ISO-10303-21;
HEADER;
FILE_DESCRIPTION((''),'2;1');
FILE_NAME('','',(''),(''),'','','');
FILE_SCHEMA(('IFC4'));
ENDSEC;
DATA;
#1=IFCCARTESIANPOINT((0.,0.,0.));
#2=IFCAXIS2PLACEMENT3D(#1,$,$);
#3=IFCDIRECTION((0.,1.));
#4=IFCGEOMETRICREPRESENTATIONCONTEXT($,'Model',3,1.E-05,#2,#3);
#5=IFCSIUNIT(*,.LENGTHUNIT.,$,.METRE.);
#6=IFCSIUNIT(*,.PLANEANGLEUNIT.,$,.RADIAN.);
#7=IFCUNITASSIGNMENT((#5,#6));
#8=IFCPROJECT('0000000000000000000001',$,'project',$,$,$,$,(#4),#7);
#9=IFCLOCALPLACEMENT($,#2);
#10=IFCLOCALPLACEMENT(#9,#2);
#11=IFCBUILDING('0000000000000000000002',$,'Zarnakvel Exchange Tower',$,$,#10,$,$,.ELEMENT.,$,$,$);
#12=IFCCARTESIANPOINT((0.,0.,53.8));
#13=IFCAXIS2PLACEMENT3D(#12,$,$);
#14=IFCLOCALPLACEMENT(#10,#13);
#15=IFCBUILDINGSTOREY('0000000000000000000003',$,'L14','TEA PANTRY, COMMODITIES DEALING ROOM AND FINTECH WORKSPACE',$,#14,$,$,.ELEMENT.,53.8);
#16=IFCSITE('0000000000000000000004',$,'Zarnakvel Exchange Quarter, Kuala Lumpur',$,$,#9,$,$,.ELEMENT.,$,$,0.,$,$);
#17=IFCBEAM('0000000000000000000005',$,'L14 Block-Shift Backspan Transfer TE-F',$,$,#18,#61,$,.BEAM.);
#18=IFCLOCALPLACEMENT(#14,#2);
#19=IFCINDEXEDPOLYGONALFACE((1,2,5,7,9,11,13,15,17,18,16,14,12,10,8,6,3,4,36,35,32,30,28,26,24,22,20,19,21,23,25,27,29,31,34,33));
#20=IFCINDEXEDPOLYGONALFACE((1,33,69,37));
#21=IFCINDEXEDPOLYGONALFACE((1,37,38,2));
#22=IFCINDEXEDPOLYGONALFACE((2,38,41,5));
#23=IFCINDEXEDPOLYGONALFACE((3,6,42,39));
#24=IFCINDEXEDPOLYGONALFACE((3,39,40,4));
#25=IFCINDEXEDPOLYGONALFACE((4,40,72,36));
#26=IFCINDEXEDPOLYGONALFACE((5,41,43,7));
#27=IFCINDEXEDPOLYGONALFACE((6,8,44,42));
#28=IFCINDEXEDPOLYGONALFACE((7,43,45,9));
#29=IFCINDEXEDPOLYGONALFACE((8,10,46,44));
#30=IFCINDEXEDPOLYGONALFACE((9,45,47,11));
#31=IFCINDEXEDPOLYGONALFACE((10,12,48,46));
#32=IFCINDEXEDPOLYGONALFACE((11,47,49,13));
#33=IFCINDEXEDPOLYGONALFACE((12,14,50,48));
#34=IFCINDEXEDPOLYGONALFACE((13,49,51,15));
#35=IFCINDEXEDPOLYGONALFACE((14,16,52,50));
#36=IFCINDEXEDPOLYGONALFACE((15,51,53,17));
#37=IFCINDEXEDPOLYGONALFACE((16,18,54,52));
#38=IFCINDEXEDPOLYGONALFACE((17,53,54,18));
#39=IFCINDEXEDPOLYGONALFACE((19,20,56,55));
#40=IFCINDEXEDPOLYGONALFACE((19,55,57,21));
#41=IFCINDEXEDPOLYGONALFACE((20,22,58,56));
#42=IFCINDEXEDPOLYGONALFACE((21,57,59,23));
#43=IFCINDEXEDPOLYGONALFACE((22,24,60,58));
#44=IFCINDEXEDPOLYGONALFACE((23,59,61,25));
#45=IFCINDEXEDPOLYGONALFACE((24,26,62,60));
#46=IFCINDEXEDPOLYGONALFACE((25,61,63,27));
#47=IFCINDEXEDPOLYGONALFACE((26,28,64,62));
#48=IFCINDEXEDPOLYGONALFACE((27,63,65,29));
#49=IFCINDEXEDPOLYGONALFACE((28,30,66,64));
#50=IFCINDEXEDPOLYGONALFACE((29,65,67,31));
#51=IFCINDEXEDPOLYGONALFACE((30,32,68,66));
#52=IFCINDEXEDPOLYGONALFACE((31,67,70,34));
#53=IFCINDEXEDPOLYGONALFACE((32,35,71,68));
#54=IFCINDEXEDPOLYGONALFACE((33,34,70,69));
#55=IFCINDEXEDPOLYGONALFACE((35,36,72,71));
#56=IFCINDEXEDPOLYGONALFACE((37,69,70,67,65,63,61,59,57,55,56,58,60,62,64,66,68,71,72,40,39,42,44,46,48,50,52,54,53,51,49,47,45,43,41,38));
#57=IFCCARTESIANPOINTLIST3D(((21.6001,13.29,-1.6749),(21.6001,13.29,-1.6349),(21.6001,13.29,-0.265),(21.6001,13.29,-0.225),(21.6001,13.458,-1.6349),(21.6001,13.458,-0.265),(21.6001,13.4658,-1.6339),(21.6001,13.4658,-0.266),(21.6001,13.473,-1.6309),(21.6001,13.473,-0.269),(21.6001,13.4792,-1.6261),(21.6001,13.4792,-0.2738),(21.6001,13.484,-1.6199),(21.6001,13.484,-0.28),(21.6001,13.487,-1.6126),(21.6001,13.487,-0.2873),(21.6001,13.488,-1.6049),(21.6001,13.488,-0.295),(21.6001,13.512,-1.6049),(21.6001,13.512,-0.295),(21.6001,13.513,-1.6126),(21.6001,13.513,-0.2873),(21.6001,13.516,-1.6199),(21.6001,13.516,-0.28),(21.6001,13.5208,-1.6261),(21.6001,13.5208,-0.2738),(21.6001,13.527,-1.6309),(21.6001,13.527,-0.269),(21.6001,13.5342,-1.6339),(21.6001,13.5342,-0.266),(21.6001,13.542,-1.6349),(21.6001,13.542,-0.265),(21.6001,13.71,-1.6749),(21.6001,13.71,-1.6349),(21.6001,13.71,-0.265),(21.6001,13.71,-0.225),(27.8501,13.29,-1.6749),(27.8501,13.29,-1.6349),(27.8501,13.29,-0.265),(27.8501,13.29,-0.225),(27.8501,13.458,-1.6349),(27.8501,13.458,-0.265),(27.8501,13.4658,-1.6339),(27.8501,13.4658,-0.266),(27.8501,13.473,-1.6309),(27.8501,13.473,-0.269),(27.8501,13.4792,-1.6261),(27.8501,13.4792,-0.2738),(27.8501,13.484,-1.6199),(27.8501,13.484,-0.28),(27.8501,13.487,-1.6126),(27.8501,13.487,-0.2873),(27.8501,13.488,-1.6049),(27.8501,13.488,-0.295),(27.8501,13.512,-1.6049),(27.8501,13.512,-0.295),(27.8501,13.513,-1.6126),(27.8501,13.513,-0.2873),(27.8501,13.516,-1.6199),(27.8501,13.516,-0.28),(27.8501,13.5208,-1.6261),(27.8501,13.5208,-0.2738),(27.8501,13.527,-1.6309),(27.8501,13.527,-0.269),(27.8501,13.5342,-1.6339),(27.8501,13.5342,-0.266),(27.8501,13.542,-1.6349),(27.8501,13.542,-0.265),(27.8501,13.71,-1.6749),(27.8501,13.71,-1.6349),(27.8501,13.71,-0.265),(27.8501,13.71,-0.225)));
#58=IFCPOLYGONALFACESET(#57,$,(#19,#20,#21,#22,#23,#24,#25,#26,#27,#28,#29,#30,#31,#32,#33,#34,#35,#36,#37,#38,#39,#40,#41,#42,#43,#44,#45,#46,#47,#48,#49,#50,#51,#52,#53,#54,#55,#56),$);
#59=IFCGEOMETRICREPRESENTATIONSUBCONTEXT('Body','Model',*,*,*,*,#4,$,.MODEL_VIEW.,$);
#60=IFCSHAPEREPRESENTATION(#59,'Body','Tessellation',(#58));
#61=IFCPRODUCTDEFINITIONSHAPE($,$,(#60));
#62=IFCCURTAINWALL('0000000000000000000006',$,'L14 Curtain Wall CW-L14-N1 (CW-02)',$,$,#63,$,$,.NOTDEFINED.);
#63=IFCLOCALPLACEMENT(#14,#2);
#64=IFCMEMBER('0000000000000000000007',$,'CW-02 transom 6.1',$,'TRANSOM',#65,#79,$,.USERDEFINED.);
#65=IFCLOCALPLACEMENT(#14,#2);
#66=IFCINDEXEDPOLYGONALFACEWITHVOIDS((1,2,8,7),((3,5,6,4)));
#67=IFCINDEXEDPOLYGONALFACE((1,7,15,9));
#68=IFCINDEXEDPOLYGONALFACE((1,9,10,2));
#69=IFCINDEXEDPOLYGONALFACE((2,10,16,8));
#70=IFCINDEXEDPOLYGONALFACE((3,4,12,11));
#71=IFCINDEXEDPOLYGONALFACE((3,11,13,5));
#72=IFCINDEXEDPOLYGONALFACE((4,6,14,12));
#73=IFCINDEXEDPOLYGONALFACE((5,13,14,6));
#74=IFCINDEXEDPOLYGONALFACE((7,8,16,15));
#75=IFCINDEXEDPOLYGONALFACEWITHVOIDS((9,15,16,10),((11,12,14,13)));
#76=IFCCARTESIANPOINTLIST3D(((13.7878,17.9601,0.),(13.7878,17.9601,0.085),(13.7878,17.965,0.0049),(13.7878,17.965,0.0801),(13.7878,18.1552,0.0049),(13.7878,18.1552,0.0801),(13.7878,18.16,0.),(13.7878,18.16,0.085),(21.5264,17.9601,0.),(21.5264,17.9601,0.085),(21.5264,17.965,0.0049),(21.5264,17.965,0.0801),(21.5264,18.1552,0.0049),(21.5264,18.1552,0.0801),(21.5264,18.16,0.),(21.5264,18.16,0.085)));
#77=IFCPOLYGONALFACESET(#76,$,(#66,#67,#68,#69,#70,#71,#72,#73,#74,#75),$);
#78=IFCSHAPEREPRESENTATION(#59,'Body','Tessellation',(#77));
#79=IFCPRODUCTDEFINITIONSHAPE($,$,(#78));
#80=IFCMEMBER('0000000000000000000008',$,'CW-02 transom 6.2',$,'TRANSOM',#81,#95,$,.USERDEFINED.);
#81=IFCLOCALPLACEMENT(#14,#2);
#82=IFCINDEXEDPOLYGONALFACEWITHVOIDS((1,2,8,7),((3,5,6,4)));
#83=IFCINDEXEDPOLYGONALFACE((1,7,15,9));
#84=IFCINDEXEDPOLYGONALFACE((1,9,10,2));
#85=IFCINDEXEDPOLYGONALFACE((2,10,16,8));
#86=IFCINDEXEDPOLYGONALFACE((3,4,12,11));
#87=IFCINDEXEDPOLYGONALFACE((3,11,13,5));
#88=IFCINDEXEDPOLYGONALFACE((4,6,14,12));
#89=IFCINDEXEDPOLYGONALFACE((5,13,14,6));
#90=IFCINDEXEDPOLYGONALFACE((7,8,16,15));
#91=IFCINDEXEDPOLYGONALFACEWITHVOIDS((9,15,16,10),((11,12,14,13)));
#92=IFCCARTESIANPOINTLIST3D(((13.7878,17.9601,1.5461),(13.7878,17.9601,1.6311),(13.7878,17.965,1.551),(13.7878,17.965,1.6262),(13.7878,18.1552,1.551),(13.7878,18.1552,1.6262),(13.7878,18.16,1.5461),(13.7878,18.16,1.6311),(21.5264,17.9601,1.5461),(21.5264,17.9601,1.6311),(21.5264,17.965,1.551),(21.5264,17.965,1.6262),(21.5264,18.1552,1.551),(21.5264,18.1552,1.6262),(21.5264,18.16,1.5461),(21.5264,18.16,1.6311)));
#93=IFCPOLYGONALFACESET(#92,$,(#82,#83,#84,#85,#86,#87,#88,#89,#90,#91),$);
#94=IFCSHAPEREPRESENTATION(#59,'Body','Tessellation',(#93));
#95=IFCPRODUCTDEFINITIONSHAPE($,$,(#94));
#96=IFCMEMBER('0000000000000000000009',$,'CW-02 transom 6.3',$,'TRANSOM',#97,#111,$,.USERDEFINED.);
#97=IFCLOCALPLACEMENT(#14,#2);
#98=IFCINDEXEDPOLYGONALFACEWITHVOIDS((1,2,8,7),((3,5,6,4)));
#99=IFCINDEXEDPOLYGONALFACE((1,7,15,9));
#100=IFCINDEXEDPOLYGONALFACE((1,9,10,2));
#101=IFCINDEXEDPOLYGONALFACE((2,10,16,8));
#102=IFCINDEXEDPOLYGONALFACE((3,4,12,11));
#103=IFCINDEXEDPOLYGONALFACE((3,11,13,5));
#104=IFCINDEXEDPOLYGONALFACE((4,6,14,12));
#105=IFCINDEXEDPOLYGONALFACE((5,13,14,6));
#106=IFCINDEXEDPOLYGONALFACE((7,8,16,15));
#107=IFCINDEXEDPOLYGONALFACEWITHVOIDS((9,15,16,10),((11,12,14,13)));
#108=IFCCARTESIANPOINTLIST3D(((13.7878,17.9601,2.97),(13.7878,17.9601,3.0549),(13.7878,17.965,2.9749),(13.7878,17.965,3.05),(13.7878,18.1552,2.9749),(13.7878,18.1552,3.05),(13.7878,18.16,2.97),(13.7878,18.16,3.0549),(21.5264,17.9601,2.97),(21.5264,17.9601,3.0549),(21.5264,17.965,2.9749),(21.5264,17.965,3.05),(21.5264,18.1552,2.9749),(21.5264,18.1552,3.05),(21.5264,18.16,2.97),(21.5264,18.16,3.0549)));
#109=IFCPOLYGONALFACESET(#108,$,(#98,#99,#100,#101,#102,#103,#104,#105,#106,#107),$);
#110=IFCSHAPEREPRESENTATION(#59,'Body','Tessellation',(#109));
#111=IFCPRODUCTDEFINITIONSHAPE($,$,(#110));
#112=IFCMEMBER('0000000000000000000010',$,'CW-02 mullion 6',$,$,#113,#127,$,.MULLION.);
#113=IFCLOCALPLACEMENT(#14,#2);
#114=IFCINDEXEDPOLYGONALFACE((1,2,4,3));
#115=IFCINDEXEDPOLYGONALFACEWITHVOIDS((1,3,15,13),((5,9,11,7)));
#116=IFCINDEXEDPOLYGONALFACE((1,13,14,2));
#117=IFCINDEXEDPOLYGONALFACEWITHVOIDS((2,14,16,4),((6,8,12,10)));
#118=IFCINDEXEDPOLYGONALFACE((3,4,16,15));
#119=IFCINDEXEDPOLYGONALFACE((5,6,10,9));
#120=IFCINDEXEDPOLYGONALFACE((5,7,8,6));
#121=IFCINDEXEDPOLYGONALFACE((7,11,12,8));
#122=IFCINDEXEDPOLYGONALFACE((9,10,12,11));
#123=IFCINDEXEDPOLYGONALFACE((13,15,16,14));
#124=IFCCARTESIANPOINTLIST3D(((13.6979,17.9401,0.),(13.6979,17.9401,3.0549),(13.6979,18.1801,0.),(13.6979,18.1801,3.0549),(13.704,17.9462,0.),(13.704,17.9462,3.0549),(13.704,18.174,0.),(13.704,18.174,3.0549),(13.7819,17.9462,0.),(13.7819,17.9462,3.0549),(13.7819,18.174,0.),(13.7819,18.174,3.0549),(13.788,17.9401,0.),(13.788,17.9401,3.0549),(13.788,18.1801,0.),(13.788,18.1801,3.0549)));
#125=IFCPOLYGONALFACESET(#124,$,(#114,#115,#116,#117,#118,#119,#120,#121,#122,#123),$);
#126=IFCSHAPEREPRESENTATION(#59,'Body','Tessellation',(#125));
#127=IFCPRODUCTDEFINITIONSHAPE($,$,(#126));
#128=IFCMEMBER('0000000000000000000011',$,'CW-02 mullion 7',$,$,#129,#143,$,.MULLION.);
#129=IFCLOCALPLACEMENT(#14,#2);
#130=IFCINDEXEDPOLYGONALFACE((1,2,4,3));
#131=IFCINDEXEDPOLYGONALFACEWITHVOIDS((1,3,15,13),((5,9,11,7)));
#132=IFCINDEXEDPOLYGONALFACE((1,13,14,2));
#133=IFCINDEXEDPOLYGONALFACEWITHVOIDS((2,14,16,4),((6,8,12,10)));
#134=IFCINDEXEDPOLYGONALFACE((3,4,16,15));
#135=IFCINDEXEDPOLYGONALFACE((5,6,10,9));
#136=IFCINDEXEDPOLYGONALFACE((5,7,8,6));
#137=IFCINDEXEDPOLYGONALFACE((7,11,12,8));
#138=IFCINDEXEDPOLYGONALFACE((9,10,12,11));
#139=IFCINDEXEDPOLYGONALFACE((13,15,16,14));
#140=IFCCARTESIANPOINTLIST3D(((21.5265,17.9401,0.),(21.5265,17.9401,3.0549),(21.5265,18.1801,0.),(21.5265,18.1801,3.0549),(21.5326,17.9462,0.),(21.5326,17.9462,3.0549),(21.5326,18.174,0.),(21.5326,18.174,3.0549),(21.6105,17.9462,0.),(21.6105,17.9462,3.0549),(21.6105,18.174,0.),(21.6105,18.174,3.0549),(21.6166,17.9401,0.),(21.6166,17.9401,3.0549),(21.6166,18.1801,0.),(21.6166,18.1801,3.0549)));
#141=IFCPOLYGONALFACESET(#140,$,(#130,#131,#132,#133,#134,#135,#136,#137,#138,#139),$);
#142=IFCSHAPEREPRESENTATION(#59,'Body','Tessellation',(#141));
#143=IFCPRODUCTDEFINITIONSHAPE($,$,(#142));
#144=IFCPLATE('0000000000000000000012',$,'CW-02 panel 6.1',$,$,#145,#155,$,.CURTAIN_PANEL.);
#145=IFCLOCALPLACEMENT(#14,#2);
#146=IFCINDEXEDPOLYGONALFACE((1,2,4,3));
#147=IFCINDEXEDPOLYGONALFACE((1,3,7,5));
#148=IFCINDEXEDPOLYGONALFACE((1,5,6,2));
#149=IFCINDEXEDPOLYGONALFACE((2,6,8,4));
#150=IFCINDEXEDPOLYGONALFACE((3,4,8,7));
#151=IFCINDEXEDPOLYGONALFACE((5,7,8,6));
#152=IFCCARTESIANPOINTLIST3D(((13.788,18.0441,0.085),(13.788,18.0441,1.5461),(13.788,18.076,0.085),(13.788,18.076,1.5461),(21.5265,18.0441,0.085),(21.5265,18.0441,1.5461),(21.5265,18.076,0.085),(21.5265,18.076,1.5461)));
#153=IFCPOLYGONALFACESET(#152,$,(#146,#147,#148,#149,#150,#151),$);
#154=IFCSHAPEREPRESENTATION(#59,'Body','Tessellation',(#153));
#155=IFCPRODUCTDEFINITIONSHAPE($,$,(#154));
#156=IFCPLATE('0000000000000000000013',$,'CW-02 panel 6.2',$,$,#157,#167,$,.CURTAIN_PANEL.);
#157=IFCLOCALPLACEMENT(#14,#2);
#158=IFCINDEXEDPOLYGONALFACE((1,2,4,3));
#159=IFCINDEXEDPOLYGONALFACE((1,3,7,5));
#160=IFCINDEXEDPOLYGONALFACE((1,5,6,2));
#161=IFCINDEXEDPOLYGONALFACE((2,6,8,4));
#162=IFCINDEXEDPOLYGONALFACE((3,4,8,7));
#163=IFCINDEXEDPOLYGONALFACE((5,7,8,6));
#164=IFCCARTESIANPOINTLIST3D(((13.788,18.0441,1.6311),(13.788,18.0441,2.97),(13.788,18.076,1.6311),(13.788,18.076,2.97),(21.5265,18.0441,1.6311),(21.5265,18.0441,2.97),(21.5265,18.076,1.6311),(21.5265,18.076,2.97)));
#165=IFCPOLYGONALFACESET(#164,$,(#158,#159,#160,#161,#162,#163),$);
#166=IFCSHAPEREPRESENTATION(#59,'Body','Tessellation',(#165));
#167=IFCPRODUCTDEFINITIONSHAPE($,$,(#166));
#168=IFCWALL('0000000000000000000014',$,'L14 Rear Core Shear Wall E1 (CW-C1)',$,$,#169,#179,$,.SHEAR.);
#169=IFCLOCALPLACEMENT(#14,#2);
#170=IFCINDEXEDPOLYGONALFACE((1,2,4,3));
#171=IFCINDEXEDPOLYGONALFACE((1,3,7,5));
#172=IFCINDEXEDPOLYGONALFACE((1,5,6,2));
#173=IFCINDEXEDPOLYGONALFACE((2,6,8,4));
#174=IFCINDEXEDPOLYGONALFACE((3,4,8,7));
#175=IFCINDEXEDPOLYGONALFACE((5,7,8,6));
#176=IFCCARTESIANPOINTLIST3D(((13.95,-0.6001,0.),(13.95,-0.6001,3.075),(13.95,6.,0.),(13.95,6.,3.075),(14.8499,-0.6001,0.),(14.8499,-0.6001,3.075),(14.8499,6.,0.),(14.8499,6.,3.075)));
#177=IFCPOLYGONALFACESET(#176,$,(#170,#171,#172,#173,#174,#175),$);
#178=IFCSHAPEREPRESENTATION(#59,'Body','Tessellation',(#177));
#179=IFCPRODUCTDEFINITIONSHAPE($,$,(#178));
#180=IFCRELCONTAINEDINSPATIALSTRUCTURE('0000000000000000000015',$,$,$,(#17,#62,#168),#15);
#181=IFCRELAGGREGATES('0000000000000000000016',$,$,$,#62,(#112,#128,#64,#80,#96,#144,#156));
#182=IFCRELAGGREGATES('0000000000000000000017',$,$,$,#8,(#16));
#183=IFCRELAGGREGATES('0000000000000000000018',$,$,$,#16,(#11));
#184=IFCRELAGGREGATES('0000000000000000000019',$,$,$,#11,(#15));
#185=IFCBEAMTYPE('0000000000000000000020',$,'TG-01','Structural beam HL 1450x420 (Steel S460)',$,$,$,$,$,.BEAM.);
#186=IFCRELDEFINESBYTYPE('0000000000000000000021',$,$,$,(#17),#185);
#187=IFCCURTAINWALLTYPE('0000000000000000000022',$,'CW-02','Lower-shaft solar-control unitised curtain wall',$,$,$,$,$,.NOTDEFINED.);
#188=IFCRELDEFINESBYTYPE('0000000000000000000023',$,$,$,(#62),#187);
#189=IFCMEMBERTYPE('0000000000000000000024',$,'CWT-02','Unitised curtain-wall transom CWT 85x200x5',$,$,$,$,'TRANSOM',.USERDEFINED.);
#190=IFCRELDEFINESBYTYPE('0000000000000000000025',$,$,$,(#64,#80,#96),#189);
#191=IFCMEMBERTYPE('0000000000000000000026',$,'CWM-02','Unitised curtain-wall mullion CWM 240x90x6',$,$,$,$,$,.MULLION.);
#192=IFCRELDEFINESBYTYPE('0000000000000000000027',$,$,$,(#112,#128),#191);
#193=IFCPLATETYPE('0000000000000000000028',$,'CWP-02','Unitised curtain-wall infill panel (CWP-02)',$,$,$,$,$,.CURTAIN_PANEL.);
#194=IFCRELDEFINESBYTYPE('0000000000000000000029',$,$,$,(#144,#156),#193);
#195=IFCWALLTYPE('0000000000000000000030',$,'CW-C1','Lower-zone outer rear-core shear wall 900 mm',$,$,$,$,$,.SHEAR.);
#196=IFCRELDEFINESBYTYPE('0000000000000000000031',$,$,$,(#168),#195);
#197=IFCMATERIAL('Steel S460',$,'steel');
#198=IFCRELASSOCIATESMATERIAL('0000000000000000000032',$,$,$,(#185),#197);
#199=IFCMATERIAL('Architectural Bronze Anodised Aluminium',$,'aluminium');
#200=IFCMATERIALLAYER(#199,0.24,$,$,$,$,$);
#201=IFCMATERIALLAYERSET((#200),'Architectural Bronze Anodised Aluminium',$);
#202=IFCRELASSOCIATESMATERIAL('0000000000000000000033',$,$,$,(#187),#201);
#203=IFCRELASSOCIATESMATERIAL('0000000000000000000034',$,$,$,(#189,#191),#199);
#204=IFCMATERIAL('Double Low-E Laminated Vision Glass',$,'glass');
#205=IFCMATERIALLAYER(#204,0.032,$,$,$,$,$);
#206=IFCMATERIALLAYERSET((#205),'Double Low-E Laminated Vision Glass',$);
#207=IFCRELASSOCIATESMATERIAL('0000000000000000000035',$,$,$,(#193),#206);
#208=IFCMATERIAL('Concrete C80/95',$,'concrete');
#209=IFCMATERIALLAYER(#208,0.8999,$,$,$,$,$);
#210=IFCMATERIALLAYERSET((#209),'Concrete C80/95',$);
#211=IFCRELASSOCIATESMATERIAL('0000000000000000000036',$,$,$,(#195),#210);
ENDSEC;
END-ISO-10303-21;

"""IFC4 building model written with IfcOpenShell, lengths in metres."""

from ifc_helpers import new_model, si_unit, direction, frame, frame_2d, origin, origin_2d, place, context, subcontext, project, spatial, rectangle, hollow_rectangle, i_section, extrude, source, transform, mapped, material, layer, layer_set, material_profile, profile_set, type_object, element, aggregate, save


model = new_model("IFC4")

# Units and contexts
model_context = context("Model", 3, precision=1e-05, world=origin(), true_north=direction((0.0, 1.0)))
body_context = subcontext(model_context, "Body", "Model", "MODEL_VIEW")
ifc_project = project(units=[si_unit("LENGTHUNIT", "METRE"), si_unit("PLANEANGLEUNIT", "RADIAN")], contexts=[model_context])

# Site, building, storey
site_placement = place(None, origin())
site = spatial("IfcSite", under=ifc_project, at=site_placement, Name="Zarnakvel Exchange Quarter, Kuala Lumpur", CompositionType="ELEMENT", RefElevation=0.0)
building_placement = place(site_placement, origin())
building = spatial("IfcBuilding", under=site, at=building_placement, Name="Zarnakvel Exchange Tower", CompositionType="ELEMENT")
storey_placement = place(building_placement, frame((0.0, 0.0, 53.8)))
storey = spatial("IfcBuildingStorey", under=building, at=storey_placement, Name="L14", Description="TEA PANTRY, COMMODITIES DEALING ROOM AND FINTECH WORKSPACE", CompositionType="ELEMENT", Elevation=53.8)

# Shared definitions
ifc_material_1 = material(Name="Concrete C80/95", Category="concrete")

# Beam
ifc_material_2 = material(Name="Steel S460", Category="steel")
ifc_material_profile_1 = material_profile(ifc_material_2, i_section(OverallWidth=0.4199, OverallDepth=1.45, WebThickness=0.0239, FlangeThickness=0.04, FilletRadius=0.03, at=origin_2d()))
ifc_profile_set_1 = profile_set([ifc_material_profile_1], Name="Steel S460")
beam_type_1 = type_object("IfcBeamType", Name="TG-01", Description="Structural beam HL 1450x420 (Steel S460)", PredefinedType="BEAM", material=ifc_profile_set_1)
beam_1_placement = place(storey_placement, frame((21.6001, 13.5, -0.95), z_axis=(1.0, 0.0, 0.0), x_axis=(0.0, 1.0, 0.0)))
element("IfcBeam", 1, at=beam_1_placement, inside=storey, type_object=beam_type_1, Name="L14 Block-Shift Backspan Transfer TE-F", PredefinedType="BEAM", context=body_context, shape_type="SweptSolid", body=[
    extrude(i_section(OverallWidth=0.4199, OverallDepth=1.45, WebThickness=0.0239, FlangeThickness=0.04, FilletRadius=0.03, at=origin_2d()), origin(), (0.0, 0.0, 1.0), 6.25),
])

# Curtain wall, members, plates
ifc_material_3 = material(Name="Architectural Bronze Anodised Aluminium", Category="aluminium")
ifc_layer_1 = layer(ifc_material_3, 0.24)
ifc_layer_set_1 = layer_set([ifc_layer_1], Name="Architectural Bronze Anodised Aluminium")
curtain_wall_type = type_object("IfcCurtainWallType", Name="CW-02", Description="Lower-shaft solar-control unitised curtain wall", PredefinedType="NOTDEFINED", material=ifc_layer_set_1)
curtain_wall_placement = place(storey_placement, origin())
curtain_wall = element("IfcCurtainWall", 2, at=curtain_wall_placement, inside=storey, type_object=curtain_wall_type, Name="L14 Curtain Wall CW-L14-N1 (CW-02)", PredefinedType="NOTDEFINED")
ifc_material_profile_2 = material_profile(ifc_material_3, hollow_rectangle(XDim=0.2, YDim=0.085, WallThickness=0.0049, at=origin_2d()))
ifc_profile_set_2 = profile_set([ifc_material_profile_2], Name="Architectural Bronze Anodised Aluminium")
member_type_1 = type_object("IfcMemberType", Name="CWT-02", Description="Unitised curtain-wall transom CWT 85x200x5", ElementType="TRANSOM", PredefinedType="USERDEFINED", material=ifc_profile_set_2)
shared_shape_1 = source(origin(), body_context, "Body", "SweptSolid", [
    extrude(hollow_rectangle(XDim=0.2, YDim=0.085, WallThickness=0.0049, at=origin_2d()), origin(), (0.0, 0.0, 1.0), 7.7385),
])
member_1_placement = place(storey_placement, frame((13.7878, 18.0601, 0.0425), z_axis=(1.0, 0.0, 0.0), x_axis=(0.0, 1.0, 0.0)))
member_1 = element("IfcMember", 3, at=member_1_placement, type_object=member_type_1, Name="CW-02 transom 6.1", ObjectType="TRANSOM", PredefinedType="USERDEFINED", context=body_context, shape_type="MappedRepresentation", body=[
    mapped(shared_shape_1, transform((0.0, 0.0, 0.0), x_axis=(1.0, 0.0, 0.0), y_axis=(0.0, 1.0, 0.0), z_axis=(0.0, 0.0, 1.0), scale=1.0)),
])
member_2_placement = place(storey_placement, frame((13.7878, 18.0601, 1.5886), z_axis=(1.0, 0.0, 0.0), x_axis=(0.0, 1.0, 0.0)))
member_2 = element("IfcMember", 4, at=member_2_placement, type_object=member_type_1, Name="CW-02 transom 6.2", ObjectType="TRANSOM", PredefinedType="USERDEFINED", context=body_context, shape_type="MappedRepresentation", body=[
    mapped(shared_shape_1, transform((0.0, 0.0, 0.0), x_axis=(1.0, 0.0, 0.0), y_axis=(0.0, 1.0, 0.0), z_axis=(0.0, 0.0, 1.0), scale=1.0)),
])
member_3_placement = place(storey_placement, frame((13.7878, 18.0601, 3.0125), z_axis=(1.0, 0.0, 0.0), x_axis=(0.0, 1.0, 0.0)))
member_3 = element("IfcMember", 5, at=member_3_placement, type_object=member_type_1, Name="CW-02 transom 6.3", ObjectType="TRANSOM", PredefinedType="USERDEFINED", context=body_context, shape_type="MappedRepresentation", body=[
    mapped(shared_shape_1, transform((0.0, 0.0, 0.0), x_axis=(1.0, 0.0, 0.0), y_axis=(0.0, 1.0, 0.0), z_axis=(0.0, 0.0, 1.0), scale=1.0)),
])
ifc_material_profile_3 = material_profile(ifc_material_3, hollow_rectangle(XDim=0.24, YDim=0.0901, WallThickness=0.0061, at=origin_2d()))
ifc_profile_set_3 = profile_set([ifc_material_profile_3], Name="Architectural Bronze Anodised Aluminium")
member_type_2 = type_object("IfcMemberType", Name="CWM-02", Description="Unitised curtain-wall mullion CWM 240x90x6", PredefinedType="MULLION", material=ifc_profile_set_3)
shared_shape_2 = source(origin(), body_context, "Body", "SweptSolid", [
    extrude(hollow_rectangle(XDim=0.24, YDim=0.0901, WallThickness=0.0061, at=origin_2d()), origin(), (0.0, 0.0, 1.0), 3.0549),
])
member_4_placement = place(storey_placement, frame((13.7429, 18.0601, 0.0), z_axis=(0.0, 0.0, 1.0), x_axis=(0.0, 1.0, 0.0)))
member_4 = element("IfcMember", 6, at=member_4_placement, type_object=member_type_2, Name="CW-02 mullion 6", PredefinedType="MULLION", context=body_context, shape_type="MappedRepresentation", body=[
    mapped(shared_shape_2, transform((0.0, 0.0, 0.0), x_axis=(1.0, 0.0, 0.0), y_axis=(0.0, 1.0, 0.0), z_axis=(0.0, 0.0, 1.0), scale=1.0)),
])
member_5_placement = place(storey_placement, frame((21.5715, 18.0601, 0.0), z_axis=(0.0, 0.0, 1.0), x_axis=(0.0, 1.0, 0.0)))
member_5 = element("IfcMember", 7, at=member_5_placement, type_object=member_type_2, Name="CW-02 mullion 7", PredefinedType="MULLION", context=body_context, shape_type="MappedRepresentation", body=[
    mapped(shared_shape_2, transform((0.0, 0.0, 0.0), x_axis=(1.0, 0.0, 0.0), y_axis=(0.0, 1.0, 0.0), z_axis=(0.0, 0.0, 1.0), scale=1.0)),
])
ifc_material_4 = material(Name="Double Low-E Laminated Vision Glass", Category="glass")
ifc_layer_2 = layer(ifc_material_4, 0.032)
ifc_layer_set_2 = layer_set([ifc_layer_2], Name="Double Low-E Laminated Vision Glass")
plate_type = type_object("IfcPlateType", Name="CWP-02", Description="Unitised curtain-wall infill panel (CWP-02)", PredefinedType="CURTAIN_PANEL", material=ifc_layer_set_2)
shared_shape_3 = source(origin(), body_context, "Body", "SweptSolid", [
    extrude(rectangle(XDim=7.7385, YDim=0.032, at=origin_2d()), origin(), (0.0, 0.0, 1.0), 1.4612),
])
plate_1_placement = place(storey_placement, frame((17.6572, 18.0601, 0.085), z_axis=(0.0, 0.0, 1.0), x_axis=(1.0, 0.0, 0.0)))
plate_1 = element("IfcPlate", 8, at=plate_1_placement, type_object=plate_type, Name="CW-02 panel 6.1", PredefinedType="CURTAIN_PANEL", context=body_context, shape_type="MappedRepresentation", body=[
    mapped(shared_shape_3, transform((0.0, 0.0, 0.0), x_axis=(1.0, 0.0, 0.0), y_axis=(0.0, 1.0, 0.0), z_axis=(0.0, 0.0, 1.0), scale=1.0)),
])
shared_shape_4 = source(origin(), body_context, "Body", "SweptSolid", [
    extrude(rectangle(XDim=7.7385, YDim=0.032, at=origin_2d()), origin(), (0.0, 0.0, 1.0), 1.3389),
])
plate_2_placement = place(storey_placement, frame((17.6572, 18.0601, 1.6311), z_axis=(0.0, 0.0, 1.0), x_axis=(1.0, 0.0, 0.0)))
plate_2 = element("IfcPlate", 9, at=plate_2_placement, type_object=plate_type, Name="CW-02 panel 6.2", PredefinedType="CURTAIN_PANEL", context=body_context, shape_type="MappedRepresentation", body=[
    mapped(shared_shape_4, transform((0.0, 0.0, 0.0), x_axis=(1.0, 0.0, 0.0), y_axis=(0.0, 1.0, 0.0), z_axis=(0.0, 0.0, 1.0), scale=1.0)),
])
aggregate(curtain_wall, [member_4, member_5, member_1, member_2, member_3, plate_1, plate_2])

# Wall
ifc_layer_3 = layer(ifc_material_1, 0.8999)
ifc_layer_set_3 = layer_set([ifc_layer_3], Name="Concrete C80/95")
wall_type_1 = type_object("IfcWallType", Name="CW-C1", Description="Lower-zone outer rear-core shear wall 900 mm", PredefinedType="SHEAR", material=ifc_layer_set_3)
wall_1_placement = place(storey_placement, frame((14.3999, -0.6001, 0.0), z_axis=(0.0, 0.0, 1.0), x_axis=(0.0, 1.0, 0.0)))
element("IfcWall", 10, at=wall_1_placement, inside=storey, type_object=wall_type_1, Name="L14 Rear Core Shear Wall E1 (CW-C1)", PredefinedType="SHEAR", context=body_context, shape_type="SweptSolid", body=[
    extrude(rectangle(XDim=6.6001, YDim=0.8999, at=frame_2d((3.3, 0.0))), origin(), (0.0, 0.0, 1.0), 3.075),
])

save(model, "model.ifc")
